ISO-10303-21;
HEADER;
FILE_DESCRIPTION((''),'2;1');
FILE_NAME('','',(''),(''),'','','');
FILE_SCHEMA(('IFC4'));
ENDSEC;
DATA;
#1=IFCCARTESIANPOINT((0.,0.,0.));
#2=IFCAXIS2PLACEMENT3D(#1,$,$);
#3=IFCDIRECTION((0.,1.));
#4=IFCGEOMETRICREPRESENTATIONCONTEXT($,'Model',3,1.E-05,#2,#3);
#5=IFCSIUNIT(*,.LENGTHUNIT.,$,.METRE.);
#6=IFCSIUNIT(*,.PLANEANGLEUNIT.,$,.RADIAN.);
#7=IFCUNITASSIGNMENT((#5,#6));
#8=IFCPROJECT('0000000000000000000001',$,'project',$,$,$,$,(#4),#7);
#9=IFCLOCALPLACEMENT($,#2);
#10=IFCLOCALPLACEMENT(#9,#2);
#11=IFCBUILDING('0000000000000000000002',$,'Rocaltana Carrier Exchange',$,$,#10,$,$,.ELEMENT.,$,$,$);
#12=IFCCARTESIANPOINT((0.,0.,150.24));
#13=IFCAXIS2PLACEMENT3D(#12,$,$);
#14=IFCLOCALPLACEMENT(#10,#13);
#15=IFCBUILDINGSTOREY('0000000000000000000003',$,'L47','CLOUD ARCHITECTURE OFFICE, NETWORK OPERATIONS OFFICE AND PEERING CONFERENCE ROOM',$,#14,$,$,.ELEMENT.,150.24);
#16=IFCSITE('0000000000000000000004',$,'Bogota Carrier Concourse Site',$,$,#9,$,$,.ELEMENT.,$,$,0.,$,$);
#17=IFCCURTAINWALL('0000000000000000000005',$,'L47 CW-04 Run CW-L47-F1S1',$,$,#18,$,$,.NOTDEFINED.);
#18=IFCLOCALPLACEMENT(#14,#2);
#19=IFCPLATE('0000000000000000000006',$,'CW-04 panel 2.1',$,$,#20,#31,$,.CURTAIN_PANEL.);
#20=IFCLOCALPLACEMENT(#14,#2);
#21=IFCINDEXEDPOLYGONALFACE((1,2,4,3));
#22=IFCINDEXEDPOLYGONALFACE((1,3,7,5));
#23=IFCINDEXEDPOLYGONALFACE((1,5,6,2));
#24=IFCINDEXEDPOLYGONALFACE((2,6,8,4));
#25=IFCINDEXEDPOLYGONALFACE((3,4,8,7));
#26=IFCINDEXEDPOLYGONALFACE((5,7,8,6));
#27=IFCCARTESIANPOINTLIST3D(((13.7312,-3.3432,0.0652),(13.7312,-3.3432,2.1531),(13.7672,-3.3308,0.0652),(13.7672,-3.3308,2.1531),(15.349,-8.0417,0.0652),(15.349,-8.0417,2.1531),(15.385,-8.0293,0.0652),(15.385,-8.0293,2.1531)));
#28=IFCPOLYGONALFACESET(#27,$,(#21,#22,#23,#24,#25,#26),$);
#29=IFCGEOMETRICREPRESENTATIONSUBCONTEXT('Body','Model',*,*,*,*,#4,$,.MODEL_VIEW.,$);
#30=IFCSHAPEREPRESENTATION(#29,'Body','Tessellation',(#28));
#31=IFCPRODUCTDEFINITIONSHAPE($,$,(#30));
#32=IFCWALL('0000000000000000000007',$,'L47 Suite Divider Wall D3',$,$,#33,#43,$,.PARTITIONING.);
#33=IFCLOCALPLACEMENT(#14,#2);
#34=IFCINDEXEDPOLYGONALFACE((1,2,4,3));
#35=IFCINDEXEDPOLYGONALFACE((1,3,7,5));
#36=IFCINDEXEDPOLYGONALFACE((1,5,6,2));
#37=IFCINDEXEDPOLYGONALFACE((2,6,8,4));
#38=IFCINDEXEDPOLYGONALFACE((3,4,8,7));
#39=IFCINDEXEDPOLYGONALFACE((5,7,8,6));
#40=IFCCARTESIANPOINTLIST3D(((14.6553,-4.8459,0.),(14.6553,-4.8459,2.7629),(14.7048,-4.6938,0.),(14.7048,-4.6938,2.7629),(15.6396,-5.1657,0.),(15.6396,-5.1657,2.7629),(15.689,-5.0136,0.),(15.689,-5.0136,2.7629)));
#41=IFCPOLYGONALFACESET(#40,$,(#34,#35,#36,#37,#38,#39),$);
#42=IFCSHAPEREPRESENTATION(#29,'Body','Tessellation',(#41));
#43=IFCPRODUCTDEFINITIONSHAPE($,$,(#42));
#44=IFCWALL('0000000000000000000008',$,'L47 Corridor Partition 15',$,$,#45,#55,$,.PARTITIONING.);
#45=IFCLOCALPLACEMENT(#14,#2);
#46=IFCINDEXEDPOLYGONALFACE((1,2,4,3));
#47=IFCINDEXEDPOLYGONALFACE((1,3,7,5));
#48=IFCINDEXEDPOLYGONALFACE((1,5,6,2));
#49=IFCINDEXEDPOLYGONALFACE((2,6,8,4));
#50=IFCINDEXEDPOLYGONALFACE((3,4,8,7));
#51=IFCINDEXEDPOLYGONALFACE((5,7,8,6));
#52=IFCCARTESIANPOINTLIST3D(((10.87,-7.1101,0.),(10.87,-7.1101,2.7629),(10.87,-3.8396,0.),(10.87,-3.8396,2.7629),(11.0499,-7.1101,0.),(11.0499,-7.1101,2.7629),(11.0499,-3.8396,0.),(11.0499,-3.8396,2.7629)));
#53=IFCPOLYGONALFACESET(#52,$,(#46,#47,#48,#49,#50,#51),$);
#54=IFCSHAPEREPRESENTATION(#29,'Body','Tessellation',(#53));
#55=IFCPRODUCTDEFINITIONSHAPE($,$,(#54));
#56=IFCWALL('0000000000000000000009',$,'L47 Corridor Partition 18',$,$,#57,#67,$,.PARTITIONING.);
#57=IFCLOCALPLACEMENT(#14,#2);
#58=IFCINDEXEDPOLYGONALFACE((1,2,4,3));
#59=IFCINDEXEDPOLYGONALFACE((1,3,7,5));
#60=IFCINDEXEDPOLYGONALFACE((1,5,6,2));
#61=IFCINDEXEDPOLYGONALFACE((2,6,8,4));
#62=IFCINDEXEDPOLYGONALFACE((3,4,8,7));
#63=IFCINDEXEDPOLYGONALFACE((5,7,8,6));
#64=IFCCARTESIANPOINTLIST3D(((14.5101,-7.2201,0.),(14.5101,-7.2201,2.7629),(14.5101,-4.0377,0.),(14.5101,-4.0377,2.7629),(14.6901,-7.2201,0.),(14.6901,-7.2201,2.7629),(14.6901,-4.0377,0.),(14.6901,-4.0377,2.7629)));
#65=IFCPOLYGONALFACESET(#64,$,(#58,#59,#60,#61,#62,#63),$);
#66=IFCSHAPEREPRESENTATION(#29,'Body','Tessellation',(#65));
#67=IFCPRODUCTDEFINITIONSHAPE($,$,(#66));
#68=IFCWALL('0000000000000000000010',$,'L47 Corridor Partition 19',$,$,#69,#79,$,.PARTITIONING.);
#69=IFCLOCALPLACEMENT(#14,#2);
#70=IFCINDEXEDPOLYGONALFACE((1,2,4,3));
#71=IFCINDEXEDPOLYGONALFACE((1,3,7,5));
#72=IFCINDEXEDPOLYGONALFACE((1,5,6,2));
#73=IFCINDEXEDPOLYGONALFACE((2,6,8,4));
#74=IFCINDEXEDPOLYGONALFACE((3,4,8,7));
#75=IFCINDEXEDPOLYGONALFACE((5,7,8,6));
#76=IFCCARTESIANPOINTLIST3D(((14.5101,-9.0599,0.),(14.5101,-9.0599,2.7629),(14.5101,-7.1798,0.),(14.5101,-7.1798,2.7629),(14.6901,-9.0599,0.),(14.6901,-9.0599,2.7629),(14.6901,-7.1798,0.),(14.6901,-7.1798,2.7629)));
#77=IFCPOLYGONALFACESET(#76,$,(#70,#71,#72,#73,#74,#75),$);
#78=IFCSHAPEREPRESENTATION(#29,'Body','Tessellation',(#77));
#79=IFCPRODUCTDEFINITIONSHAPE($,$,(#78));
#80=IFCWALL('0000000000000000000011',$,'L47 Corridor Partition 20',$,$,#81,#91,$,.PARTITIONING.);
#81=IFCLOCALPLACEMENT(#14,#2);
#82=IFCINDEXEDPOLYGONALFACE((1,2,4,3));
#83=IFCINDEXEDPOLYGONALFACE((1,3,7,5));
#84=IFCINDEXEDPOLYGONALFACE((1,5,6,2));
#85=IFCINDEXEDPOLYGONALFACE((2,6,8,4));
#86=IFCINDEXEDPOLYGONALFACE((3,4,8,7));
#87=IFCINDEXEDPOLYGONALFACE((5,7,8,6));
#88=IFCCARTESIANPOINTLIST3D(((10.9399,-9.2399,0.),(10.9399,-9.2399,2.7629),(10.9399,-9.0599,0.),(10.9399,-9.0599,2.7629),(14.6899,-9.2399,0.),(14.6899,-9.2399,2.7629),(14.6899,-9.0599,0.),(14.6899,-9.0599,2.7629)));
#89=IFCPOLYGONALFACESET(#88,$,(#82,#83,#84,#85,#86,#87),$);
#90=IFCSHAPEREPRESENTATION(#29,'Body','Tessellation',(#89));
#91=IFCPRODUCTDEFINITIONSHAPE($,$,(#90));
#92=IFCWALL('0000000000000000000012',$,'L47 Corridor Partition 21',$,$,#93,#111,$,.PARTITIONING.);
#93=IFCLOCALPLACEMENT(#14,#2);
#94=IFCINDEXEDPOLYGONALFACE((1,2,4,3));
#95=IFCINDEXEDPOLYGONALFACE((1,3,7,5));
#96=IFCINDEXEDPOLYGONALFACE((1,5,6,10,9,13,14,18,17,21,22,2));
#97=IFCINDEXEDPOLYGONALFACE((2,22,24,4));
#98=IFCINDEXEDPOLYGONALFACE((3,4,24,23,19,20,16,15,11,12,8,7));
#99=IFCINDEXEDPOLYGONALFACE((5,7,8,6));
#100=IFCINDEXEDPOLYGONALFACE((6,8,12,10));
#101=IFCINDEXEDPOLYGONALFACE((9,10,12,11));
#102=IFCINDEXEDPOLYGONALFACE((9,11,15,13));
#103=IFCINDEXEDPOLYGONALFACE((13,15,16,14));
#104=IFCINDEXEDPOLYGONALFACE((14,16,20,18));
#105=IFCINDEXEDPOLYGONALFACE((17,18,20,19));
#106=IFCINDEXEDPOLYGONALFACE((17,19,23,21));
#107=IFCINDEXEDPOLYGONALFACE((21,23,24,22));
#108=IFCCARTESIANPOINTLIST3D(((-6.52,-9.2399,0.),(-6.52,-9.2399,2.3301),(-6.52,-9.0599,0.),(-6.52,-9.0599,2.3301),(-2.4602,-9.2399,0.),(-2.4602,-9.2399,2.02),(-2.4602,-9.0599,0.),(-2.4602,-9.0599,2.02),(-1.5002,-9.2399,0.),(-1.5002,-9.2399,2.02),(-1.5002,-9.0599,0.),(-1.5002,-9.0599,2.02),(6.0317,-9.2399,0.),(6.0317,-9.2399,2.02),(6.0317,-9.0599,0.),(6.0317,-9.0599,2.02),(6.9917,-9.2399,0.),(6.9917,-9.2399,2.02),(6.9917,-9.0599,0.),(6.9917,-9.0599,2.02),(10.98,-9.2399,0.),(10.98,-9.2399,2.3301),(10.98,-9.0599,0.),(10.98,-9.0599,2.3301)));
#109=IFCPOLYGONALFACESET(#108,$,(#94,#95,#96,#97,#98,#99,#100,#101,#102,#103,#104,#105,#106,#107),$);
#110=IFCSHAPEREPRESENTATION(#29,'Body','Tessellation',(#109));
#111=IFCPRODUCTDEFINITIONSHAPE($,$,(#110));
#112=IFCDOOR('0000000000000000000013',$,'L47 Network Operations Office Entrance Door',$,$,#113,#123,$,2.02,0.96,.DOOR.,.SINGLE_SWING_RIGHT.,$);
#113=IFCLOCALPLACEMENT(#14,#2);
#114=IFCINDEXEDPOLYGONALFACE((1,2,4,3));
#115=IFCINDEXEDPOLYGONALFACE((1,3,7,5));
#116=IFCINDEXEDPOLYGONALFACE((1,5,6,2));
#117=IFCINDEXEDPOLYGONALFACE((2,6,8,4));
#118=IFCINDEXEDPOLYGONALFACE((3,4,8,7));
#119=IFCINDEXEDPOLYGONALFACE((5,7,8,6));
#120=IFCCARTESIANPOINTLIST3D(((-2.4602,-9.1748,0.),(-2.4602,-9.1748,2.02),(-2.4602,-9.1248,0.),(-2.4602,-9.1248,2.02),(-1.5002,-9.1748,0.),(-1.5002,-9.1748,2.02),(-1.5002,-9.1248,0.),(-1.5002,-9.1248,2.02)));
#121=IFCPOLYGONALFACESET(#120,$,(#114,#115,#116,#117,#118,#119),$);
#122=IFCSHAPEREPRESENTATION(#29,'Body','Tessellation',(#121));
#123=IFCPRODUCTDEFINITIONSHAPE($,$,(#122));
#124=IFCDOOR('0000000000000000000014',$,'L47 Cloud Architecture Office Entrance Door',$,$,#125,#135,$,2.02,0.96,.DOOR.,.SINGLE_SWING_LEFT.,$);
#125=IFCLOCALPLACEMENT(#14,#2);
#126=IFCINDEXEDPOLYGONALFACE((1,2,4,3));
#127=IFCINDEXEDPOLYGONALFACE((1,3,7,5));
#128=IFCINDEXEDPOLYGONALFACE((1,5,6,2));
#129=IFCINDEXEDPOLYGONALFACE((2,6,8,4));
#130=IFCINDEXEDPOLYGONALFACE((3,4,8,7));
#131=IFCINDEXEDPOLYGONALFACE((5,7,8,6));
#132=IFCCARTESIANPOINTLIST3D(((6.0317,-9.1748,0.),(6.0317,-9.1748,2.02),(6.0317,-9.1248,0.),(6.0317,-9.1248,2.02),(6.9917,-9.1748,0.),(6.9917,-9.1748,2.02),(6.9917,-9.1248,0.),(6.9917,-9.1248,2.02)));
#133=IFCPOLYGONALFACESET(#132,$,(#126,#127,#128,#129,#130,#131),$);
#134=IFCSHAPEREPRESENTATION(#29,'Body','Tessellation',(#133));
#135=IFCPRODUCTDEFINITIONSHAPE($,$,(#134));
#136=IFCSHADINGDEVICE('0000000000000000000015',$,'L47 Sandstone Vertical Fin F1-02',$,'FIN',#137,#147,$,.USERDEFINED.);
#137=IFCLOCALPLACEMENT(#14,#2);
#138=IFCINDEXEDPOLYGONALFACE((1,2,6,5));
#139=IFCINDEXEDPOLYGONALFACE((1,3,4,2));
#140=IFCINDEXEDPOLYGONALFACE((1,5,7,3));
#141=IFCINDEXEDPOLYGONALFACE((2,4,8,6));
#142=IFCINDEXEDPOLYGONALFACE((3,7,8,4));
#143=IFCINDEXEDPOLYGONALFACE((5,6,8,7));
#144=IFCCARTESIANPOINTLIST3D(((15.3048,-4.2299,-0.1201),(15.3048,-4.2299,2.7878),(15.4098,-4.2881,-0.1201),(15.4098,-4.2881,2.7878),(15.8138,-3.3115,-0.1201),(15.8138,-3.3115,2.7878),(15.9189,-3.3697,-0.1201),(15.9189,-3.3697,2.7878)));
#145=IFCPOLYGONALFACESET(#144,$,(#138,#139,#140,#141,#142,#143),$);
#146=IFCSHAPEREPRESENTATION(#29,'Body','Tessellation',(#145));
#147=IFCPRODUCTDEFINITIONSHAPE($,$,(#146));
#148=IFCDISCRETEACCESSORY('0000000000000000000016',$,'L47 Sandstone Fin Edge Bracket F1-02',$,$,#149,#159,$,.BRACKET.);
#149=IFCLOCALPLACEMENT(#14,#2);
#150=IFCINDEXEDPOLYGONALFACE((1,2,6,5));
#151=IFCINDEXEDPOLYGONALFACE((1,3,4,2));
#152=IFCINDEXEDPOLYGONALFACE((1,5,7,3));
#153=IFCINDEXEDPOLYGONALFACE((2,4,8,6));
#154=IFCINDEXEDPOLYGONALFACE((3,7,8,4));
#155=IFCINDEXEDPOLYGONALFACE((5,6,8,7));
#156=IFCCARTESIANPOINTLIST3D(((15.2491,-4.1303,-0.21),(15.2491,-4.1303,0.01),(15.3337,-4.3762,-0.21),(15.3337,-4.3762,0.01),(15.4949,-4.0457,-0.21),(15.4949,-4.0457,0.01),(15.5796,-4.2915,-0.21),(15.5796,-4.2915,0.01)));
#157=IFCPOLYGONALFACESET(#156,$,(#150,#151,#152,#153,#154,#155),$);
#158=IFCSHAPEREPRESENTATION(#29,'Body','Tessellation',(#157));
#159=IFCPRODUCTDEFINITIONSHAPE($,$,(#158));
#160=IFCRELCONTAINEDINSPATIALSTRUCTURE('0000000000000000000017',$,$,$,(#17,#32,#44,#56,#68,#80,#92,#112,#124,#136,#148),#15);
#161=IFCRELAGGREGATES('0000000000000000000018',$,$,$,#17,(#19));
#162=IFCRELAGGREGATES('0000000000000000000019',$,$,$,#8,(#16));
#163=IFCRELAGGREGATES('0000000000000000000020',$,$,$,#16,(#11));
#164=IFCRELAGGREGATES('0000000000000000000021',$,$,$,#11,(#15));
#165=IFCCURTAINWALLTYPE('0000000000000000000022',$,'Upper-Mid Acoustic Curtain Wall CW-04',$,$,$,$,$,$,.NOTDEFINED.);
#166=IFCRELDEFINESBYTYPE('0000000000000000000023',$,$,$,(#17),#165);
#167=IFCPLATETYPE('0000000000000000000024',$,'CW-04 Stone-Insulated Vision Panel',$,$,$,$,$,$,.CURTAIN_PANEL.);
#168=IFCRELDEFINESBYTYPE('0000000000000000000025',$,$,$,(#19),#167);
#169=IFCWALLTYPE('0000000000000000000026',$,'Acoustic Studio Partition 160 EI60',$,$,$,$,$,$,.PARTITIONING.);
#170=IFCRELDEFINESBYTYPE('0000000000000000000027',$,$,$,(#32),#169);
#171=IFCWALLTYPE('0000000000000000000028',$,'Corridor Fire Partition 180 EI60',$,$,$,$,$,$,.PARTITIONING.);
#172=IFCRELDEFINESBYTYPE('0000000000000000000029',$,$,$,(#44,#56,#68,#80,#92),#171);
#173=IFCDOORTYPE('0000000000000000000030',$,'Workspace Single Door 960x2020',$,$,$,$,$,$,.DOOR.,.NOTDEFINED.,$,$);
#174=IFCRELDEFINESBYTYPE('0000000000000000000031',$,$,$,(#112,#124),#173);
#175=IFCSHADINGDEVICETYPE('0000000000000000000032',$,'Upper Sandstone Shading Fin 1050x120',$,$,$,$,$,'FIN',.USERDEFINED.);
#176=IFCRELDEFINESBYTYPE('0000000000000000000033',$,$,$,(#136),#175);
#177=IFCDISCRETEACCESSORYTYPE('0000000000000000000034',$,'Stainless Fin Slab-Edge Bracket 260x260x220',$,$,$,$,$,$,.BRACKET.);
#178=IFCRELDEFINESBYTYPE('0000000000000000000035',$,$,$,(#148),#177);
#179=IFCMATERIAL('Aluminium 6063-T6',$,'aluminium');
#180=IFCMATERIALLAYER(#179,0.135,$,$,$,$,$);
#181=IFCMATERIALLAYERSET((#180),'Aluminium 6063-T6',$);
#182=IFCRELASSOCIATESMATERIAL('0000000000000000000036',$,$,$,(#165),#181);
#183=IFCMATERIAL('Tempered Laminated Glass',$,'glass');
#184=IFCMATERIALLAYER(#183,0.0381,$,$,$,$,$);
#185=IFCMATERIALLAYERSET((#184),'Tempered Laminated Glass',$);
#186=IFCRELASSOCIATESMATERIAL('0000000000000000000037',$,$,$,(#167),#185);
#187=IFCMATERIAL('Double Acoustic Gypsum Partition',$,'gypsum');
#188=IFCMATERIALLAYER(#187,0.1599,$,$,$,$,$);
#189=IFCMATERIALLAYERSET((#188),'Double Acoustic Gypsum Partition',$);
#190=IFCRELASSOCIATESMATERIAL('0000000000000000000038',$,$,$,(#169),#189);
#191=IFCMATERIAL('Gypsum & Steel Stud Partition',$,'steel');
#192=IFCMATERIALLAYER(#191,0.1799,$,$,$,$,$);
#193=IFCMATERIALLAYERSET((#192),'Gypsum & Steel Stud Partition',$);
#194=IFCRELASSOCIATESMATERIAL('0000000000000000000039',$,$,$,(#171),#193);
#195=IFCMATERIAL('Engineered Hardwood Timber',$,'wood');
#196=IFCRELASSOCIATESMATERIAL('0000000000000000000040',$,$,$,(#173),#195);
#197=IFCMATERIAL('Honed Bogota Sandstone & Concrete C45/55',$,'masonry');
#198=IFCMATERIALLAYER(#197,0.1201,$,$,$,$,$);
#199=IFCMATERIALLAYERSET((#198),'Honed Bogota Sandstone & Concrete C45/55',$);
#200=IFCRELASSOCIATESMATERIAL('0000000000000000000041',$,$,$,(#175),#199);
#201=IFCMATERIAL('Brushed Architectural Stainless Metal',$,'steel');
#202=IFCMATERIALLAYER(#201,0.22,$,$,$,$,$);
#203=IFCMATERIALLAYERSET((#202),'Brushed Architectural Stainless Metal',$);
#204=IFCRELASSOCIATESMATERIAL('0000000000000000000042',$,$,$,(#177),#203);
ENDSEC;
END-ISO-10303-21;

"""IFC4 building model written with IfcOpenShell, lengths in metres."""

from ifc_helpers import new_model, si_unit, direction, frame, frame_2d, origin, origin_2d, place, context, subcontext, project, spatial, rectangle, extrude, material, layer, layer_set, type_object, element, fill, aggregate, save


model = new_model("IFC4")

# Units and contexts
model_context = context("Model", 3, precision=1e-05, world=origin(), true_north=direction((0.0, 1.0)))
body_context = subcontext(model_context, "Body", "Model", "MODEL_VIEW")
ifc_project = project(units=[si_unit("LENGTHUNIT", "METRE"), si_unit("PLANEANGLEUNIT", "RADIAN")], contexts=[model_context])

# Site, building, storey
site_placement = place(None, origin())
site = spatial("IfcSite", under=ifc_project, at=site_placement, Name="Bogota Carrier Concourse Site", CompositionType="ELEMENT", RefElevation=0.0)
building_placement = place(site_placement, origin())
building = spatial("IfcBuilding", under=site, at=building_placement, Name="Rocaltana Carrier Exchange", CompositionType="ELEMENT")
storey_placement = place(building_placement, frame((0.0, 0.0, 150.24)))
storey = spatial("IfcBuildingStorey", under=building, at=storey_placement, Name="L47", Description="CLOUD ARCHITECTURE OFFICE, NETWORK OPERATIONS OFFICE AND PEERING CONFERENCE ROOM", CompositionType="ELEMENT", Elevation=150.24)

# Curtain wall
ifc_material_1 = material(Name="Aluminium 6063-T6", Category="aluminium")
ifc_layer_1 = layer(ifc_material_1, 0.135)
ifc_layer_set_1 = layer_set([ifc_layer_1], Name="Aluminium 6063-T6")
curtain_wall_type = type_object("IfcCurtainWallType", Name="Upper-Mid Acoustic Curtain Wall CW-04", PredefinedType="NOTDEFINED", material=ifc_layer_set_1)
curtain_wall_placement = place(storey_placement, origin())
curtain_wall = element("IfcCurtainWall", 1, at=curtain_wall_placement, inside=storey, type_object=curtain_wall_type, Name="L47 CW-04 Run CW-L47-F1S1", PredefinedType="NOTDEFINED")

# Plate
ifc_material_2 = material(Name="Tempered Laminated Glass", Category="glass")
ifc_layer_2 = layer(ifc_material_2, 0.0381)
ifc_layer_set_2 = layer_set([ifc_layer_2], Name="Tempered Laminated Glass")
plate_type = type_object("IfcPlateType", Name="CW-04 Stone-Insulated Vision Panel", PredefinedType="CURTAIN_PANEL", material=ifc_layer_set_2)
plate_placement = place(storey_placement, frame((14.5581, -5.6863, 0.0652), z_axis=(0.0, 0.0, 1.0), x_axis=(-0.325559, 0.945522, 0.0)))
plate = element("IfcPlate", 2, at=plate_placement, type_object=plate_type, Name="CW-04 panel 2.1", PredefinedType="CURTAIN_PANEL", context=body_context, shape_type="SweptSolid", body=[
    extrude(rectangle(XDim=4.9692, YDim=0.0381, at=origin_2d()), origin(), (0.0, 0.0, 1.0), 2.0879),
])
aggregate(curtain_wall, [plate])

# Walls
ifc_material_3 = material(Name="Double Acoustic Gypsum Partition", Category="gypsum")
ifc_layer_3 = layer(ifc_material_3, 0.1599)
ifc_layer_set_3 = layer_set([ifc_layer_3], Name="Double Acoustic Gypsum Partition")
wall_type_1 = type_object("IfcWallType", Name="Acoustic Studio Partition 160 EI60", PredefinedType="PARTITIONING", material=ifc_layer_set_3)
wall_1_placement = place(storey_placement, frame((14.6799, -4.7698, 0.0), z_axis=(0.0, 0.0, 1.0), x_axis=(0.951039, -0.30907, 0.0)))
element("IfcWall", 3, at=wall_1_placement, inside=storey, type_object=wall_type_1, Name="L47 Suite Divider Wall D3", PredefinedType="PARTITIONING", context=body_context, shape_type="SweptSolid", body=[
    extrude(rectangle(XDim=1.0349, YDim=0.1599, at=frame_2d((0.5176, 0.0))), origin(), (0.0, 0.0, 1.0), 2.7629),
])
ifc_material_4 = material(Name="Gypsum & Steel Stud Partition", Category="steel")
ifc_layer_4 = layer(ifc_material_4, 0.1799)
ifc_layer_set_4 = layer_set([ifc_layer_4], Name="Gypsum & Steel Stud Partition")
wall_type_2 = type_object("IfcWallType", Name="Corridor Fire Partition 180 EI60", PredefinedType="PARTITIONING", material=ifc_layer_set_4)
wall_2_placement = place(storey_placement, frame((10.96, -7.1101, 0.0), z_axis=(0.0, 0.0, 1.0), x_axis=(0.0, 1.0, 0.0)))
element("IfcWall", 4, at=wall_2_placement, inside=storey, type_object=wall_type_2, Name="L47 Corridor Partition 15", PredefinedType="PARTITIONING", context=body_context, shape_type="SweptSolid", body=[
    extrude(rectangle(XDim=3.2705, YDim=0.1799, at=frame_2d((1.6353, 0.0))), origin(), (0.0, 0.0, 1.0), 2.7629),
])
wall_3_placement = place(storey_placement, frame((14.6001, -4.0376, 0.0), z_axis=(0.0, 0.0, 1.0), x_axis=(0.0, -1.0, 0.0)))
element("IfcWall", 5, at=wall_3_placement, inside=storey, type_object=wall_type_2, Name="L47 Corridor Partition 18", PredefinedType="PARTITIONING", context=body_context, shape_type="SweptSolid", body=[
    extrude(rectangle(XDim=3.1824, YDim=0.1799, at=frame_2d((1.5913, 0.0))), origin(), (0.0, 0.0, 1.0), 2.7629),
])
wall_4_placement = place(storey_placement, frame((14.6001, -7.1799, 0.0), z_axis=(0.0, 0.0, 1.0), x_axis=(0.0, -1.0, 0.0)))
element("IfcWall", 6, at=wall_4_placement, inside=storey, type_object=wall_type_2, Name="L47 Corridor Partition 19", PredefinedType="PARTITIONING", context=body_context, shape_type="SweptSolid", body=[
    extrude(rectangle(XDim=1.8801, YDim=0.1799, at=frame_2d((0.9399, 0.0))), origin(), (0.0, 0.0, 1.0), 2.7629),
])
wall_5_placement = place(storey_placement, frame((14.6899, -9.1499, 0.0), z_axis=(0.0, 0.0, 1.0), x_axis=(-1.0, 0.0, 0.0)))
element("IfcWall", 7, at=wall_5_placement, inside=storey, type_object=wall_type_2, Name="L47 Corridor Partition 20", PredefinedType="PARTITIONING", context=body_context, shape_type="SweptSolid", body=[
    extrude(rectangle(XDim=3.75, YDim=0.1799, at=frame_2d((1.875, 0.0))), origin(), (0.0, 0.0, 1.0), 2.7629),
])

# Wall, openings, doors
wall_6_placement = place(storey_placement, frame((10.98, -9.1499, 0.0), z_axis=(0.0, 0.0, 1.0), x_axis=(-1.0, 0.0, 0.0)))
wall_6 = element("IfcWall", 8, at=wall_6_placement, inside=storey, type_object=wall_type_2, Name="L47 Corridor Partition 21", PredefinedType="PARTITIONING", context=body_context, shape_type="SweptSolid", body=[
    extrude(rectangle(XDim=17.5, YDim=0.1799, at=frame_2d((8.75, 0.0))), origin(), (0.0, 0.0, 1.0), 2.3301),
])
opening_1_placement = place(wall_6_placement, frame((12.4802, 0.0, 0.0)))
opening_1 = element("IfcOpeningElement", 9, at=opening_1_placement, cuts=wall_6, PredefinedType="OPENING", context=body_context, shape_type="SweptSolid", body=[
    extrude(rectangle(XDim=0.96, YDim=2.02, at=frame_2d((0.48, 1.01))), frame((0.0, 0.0999, 0.0), z_axis=(0.0, -1.0, 0.0), x_axis=(1.0, 0.0, 0.0)), (0.0, 0.0, 1.0), 0.2),
])
opening_2_placement = place(wall_6_placement, frame((3.9883, 0.0, 0.0)))
opening_2 = element("IfcOpeningElement", 10, at=opening_2_placement, cuts=wall_6, PredefinedType="OPENING", context=body_context, shape_type="SweptSolid", body=[
    extrude(rectangle(XDim=0.96, YDim=2.02, at=frame_2d((0.48, 1.01))), frame((0.0, 0.0999, 0.0), z_axis=(0.0, -1.0, 0.0), x_axis=(1.0, 0.0, 0.0)), (0.0, 0.0, 1.0), 0.2),
])
ifc_material_5 = material(Name="Engineered Hardwood Timber", Category="wood")
door_type = type_object("IfcDoorType", Name="Workspace Single Door 960x2020", OperationType="NOTDEFINED", PredefinedType="DOOR", material=ifc_material_5)
door_1_placement = place(opening_1_placement, origin())
door_1 = element("IfcDoor", 11, at=door_1_placement, inside=storey, type_object=door_type, Name="L47 Network Operations Office Entrance Door", OperationType="SINGLE_SWING_RIGHT", OverallHeight=2.02, OverallWidth=0.96, PredefinedType="DOOR", context=body_context, shape_type="SweptSolid", body=[
    extrude(rectangle(XDim=0.96, YDim=2.02, at=frame_2d((0.48, 1.01))), frame((0.0, 0.0249, 0.0), z_axis=(0.0, -1.0, 0.0), x_axis=(1.0, 0.0, 0.0)), (0.0, 0.0, 1.0), 0.05),
])
fill(opening_1, door_1)
door_2_placement = place(opening_2_placement, origin())
door_2 = element("IfcDoor", 12, at=door_2_placement, inside=storey, type_object=door_type, Name="L47 Cloud Architecture Office Entrance Door", OperationType="SINGLE_SWING_LEFT", OverallHeight=2.02, OverallWidth=0.96, PredefinedType="DOOR", context=body_context, shape_type="SweptSolid", body=[
    extrude(rectangle(XDim=0.96, YDim=2.02, at=frame_2d((0.48, 1.01))), frame((0.0, 0.0249, 0.0), z_axis=(0.0, -1.0, 0.0), x_axis=(1.0, 0.0, 0.0)), (0.0, 0.0, 1.0), 0.05),
])
fill(opening_2, door_2)

# Shading device
ifc_material_6 = material(Name="Honed Bogota Sandstone & Concrete C45/55", Category="masonry")
ifc_layer_5 = layer(ifc_material_6, 0.1201)
ifc_layer_set_5 = layer_set([ifc_layer_5], Name="Honed Bogota Sandstone & Concrete C45/55")
shading_device_type = type_object("IfcShadingDeviceType", Name="Upper Sandstone Shading Fin 1050x120", ElementType="FIN", PredefinedType="USERDEFINED", material=ifc_layer_set_5)
shading_device_placement = place(storey_placement, frame((15.6118, -3.7998, -0.1201), z_axis=(0.0, 0.0, 1.0), x_axis=(0.48481, 0.87462, 0.0)))
element("IfcShadingDevice", 13, at=shading_device_placement, inside=storey, type_object=shading_device_type, Name="L47 Sandstone Vertical Fin F1-02", ObjectType="FIN", PredefinedType="USERDEFINED", context=body_context, shape_type="SweptSolid", body=[
    extrude(rectangle(XDim=1.05, YDim=0.1201, at=origin_2d()), origin(), (0.0, 0.0, 1.0), 2.908),
])

# Discrete accessory
ifc_material_7 = material(Name="Brushed Architectural Stainless Metal", Category="steel")
ifc_layer_6 = layer(ifc_material_7, 0.22)
ifc_layer_set_6 = layer_set([ifc_layer_6], Name="Brushed Architectural Stainless Metal")
discrete_accessory_type = type_object("IfcDiscreteAccessoryType", Name="Stainless Fin Slab-Edge Bracket 260x260x220", PredefinedType="BRACKET", material=ifc_layer_set_6)
discrete_accessory_placement = place(storey_placement, frame((15.4143, -4.2109, -0.21), z_axis=(0.0, 0.0, 1.0), x_axis=(-0.325568, 0.945519, 0.0)))
element("IfcDiscreteAccessory", 14, at=discrete_accessory_placement, inside=storey, type_object=discrete_accessory_type, Name="L47 Sandstone Fin Edge Bracket F1-02", PredefinedType="BRACKET", context=body_context, shape_type="SweptSolid", body=[
    extrude(rectangle(XDim=0.26, YDim=0.26, at=origin_2d()), origin(), (0.0, 0.0, 1.0), 0.22),
])

save(model, "model.ifc")
